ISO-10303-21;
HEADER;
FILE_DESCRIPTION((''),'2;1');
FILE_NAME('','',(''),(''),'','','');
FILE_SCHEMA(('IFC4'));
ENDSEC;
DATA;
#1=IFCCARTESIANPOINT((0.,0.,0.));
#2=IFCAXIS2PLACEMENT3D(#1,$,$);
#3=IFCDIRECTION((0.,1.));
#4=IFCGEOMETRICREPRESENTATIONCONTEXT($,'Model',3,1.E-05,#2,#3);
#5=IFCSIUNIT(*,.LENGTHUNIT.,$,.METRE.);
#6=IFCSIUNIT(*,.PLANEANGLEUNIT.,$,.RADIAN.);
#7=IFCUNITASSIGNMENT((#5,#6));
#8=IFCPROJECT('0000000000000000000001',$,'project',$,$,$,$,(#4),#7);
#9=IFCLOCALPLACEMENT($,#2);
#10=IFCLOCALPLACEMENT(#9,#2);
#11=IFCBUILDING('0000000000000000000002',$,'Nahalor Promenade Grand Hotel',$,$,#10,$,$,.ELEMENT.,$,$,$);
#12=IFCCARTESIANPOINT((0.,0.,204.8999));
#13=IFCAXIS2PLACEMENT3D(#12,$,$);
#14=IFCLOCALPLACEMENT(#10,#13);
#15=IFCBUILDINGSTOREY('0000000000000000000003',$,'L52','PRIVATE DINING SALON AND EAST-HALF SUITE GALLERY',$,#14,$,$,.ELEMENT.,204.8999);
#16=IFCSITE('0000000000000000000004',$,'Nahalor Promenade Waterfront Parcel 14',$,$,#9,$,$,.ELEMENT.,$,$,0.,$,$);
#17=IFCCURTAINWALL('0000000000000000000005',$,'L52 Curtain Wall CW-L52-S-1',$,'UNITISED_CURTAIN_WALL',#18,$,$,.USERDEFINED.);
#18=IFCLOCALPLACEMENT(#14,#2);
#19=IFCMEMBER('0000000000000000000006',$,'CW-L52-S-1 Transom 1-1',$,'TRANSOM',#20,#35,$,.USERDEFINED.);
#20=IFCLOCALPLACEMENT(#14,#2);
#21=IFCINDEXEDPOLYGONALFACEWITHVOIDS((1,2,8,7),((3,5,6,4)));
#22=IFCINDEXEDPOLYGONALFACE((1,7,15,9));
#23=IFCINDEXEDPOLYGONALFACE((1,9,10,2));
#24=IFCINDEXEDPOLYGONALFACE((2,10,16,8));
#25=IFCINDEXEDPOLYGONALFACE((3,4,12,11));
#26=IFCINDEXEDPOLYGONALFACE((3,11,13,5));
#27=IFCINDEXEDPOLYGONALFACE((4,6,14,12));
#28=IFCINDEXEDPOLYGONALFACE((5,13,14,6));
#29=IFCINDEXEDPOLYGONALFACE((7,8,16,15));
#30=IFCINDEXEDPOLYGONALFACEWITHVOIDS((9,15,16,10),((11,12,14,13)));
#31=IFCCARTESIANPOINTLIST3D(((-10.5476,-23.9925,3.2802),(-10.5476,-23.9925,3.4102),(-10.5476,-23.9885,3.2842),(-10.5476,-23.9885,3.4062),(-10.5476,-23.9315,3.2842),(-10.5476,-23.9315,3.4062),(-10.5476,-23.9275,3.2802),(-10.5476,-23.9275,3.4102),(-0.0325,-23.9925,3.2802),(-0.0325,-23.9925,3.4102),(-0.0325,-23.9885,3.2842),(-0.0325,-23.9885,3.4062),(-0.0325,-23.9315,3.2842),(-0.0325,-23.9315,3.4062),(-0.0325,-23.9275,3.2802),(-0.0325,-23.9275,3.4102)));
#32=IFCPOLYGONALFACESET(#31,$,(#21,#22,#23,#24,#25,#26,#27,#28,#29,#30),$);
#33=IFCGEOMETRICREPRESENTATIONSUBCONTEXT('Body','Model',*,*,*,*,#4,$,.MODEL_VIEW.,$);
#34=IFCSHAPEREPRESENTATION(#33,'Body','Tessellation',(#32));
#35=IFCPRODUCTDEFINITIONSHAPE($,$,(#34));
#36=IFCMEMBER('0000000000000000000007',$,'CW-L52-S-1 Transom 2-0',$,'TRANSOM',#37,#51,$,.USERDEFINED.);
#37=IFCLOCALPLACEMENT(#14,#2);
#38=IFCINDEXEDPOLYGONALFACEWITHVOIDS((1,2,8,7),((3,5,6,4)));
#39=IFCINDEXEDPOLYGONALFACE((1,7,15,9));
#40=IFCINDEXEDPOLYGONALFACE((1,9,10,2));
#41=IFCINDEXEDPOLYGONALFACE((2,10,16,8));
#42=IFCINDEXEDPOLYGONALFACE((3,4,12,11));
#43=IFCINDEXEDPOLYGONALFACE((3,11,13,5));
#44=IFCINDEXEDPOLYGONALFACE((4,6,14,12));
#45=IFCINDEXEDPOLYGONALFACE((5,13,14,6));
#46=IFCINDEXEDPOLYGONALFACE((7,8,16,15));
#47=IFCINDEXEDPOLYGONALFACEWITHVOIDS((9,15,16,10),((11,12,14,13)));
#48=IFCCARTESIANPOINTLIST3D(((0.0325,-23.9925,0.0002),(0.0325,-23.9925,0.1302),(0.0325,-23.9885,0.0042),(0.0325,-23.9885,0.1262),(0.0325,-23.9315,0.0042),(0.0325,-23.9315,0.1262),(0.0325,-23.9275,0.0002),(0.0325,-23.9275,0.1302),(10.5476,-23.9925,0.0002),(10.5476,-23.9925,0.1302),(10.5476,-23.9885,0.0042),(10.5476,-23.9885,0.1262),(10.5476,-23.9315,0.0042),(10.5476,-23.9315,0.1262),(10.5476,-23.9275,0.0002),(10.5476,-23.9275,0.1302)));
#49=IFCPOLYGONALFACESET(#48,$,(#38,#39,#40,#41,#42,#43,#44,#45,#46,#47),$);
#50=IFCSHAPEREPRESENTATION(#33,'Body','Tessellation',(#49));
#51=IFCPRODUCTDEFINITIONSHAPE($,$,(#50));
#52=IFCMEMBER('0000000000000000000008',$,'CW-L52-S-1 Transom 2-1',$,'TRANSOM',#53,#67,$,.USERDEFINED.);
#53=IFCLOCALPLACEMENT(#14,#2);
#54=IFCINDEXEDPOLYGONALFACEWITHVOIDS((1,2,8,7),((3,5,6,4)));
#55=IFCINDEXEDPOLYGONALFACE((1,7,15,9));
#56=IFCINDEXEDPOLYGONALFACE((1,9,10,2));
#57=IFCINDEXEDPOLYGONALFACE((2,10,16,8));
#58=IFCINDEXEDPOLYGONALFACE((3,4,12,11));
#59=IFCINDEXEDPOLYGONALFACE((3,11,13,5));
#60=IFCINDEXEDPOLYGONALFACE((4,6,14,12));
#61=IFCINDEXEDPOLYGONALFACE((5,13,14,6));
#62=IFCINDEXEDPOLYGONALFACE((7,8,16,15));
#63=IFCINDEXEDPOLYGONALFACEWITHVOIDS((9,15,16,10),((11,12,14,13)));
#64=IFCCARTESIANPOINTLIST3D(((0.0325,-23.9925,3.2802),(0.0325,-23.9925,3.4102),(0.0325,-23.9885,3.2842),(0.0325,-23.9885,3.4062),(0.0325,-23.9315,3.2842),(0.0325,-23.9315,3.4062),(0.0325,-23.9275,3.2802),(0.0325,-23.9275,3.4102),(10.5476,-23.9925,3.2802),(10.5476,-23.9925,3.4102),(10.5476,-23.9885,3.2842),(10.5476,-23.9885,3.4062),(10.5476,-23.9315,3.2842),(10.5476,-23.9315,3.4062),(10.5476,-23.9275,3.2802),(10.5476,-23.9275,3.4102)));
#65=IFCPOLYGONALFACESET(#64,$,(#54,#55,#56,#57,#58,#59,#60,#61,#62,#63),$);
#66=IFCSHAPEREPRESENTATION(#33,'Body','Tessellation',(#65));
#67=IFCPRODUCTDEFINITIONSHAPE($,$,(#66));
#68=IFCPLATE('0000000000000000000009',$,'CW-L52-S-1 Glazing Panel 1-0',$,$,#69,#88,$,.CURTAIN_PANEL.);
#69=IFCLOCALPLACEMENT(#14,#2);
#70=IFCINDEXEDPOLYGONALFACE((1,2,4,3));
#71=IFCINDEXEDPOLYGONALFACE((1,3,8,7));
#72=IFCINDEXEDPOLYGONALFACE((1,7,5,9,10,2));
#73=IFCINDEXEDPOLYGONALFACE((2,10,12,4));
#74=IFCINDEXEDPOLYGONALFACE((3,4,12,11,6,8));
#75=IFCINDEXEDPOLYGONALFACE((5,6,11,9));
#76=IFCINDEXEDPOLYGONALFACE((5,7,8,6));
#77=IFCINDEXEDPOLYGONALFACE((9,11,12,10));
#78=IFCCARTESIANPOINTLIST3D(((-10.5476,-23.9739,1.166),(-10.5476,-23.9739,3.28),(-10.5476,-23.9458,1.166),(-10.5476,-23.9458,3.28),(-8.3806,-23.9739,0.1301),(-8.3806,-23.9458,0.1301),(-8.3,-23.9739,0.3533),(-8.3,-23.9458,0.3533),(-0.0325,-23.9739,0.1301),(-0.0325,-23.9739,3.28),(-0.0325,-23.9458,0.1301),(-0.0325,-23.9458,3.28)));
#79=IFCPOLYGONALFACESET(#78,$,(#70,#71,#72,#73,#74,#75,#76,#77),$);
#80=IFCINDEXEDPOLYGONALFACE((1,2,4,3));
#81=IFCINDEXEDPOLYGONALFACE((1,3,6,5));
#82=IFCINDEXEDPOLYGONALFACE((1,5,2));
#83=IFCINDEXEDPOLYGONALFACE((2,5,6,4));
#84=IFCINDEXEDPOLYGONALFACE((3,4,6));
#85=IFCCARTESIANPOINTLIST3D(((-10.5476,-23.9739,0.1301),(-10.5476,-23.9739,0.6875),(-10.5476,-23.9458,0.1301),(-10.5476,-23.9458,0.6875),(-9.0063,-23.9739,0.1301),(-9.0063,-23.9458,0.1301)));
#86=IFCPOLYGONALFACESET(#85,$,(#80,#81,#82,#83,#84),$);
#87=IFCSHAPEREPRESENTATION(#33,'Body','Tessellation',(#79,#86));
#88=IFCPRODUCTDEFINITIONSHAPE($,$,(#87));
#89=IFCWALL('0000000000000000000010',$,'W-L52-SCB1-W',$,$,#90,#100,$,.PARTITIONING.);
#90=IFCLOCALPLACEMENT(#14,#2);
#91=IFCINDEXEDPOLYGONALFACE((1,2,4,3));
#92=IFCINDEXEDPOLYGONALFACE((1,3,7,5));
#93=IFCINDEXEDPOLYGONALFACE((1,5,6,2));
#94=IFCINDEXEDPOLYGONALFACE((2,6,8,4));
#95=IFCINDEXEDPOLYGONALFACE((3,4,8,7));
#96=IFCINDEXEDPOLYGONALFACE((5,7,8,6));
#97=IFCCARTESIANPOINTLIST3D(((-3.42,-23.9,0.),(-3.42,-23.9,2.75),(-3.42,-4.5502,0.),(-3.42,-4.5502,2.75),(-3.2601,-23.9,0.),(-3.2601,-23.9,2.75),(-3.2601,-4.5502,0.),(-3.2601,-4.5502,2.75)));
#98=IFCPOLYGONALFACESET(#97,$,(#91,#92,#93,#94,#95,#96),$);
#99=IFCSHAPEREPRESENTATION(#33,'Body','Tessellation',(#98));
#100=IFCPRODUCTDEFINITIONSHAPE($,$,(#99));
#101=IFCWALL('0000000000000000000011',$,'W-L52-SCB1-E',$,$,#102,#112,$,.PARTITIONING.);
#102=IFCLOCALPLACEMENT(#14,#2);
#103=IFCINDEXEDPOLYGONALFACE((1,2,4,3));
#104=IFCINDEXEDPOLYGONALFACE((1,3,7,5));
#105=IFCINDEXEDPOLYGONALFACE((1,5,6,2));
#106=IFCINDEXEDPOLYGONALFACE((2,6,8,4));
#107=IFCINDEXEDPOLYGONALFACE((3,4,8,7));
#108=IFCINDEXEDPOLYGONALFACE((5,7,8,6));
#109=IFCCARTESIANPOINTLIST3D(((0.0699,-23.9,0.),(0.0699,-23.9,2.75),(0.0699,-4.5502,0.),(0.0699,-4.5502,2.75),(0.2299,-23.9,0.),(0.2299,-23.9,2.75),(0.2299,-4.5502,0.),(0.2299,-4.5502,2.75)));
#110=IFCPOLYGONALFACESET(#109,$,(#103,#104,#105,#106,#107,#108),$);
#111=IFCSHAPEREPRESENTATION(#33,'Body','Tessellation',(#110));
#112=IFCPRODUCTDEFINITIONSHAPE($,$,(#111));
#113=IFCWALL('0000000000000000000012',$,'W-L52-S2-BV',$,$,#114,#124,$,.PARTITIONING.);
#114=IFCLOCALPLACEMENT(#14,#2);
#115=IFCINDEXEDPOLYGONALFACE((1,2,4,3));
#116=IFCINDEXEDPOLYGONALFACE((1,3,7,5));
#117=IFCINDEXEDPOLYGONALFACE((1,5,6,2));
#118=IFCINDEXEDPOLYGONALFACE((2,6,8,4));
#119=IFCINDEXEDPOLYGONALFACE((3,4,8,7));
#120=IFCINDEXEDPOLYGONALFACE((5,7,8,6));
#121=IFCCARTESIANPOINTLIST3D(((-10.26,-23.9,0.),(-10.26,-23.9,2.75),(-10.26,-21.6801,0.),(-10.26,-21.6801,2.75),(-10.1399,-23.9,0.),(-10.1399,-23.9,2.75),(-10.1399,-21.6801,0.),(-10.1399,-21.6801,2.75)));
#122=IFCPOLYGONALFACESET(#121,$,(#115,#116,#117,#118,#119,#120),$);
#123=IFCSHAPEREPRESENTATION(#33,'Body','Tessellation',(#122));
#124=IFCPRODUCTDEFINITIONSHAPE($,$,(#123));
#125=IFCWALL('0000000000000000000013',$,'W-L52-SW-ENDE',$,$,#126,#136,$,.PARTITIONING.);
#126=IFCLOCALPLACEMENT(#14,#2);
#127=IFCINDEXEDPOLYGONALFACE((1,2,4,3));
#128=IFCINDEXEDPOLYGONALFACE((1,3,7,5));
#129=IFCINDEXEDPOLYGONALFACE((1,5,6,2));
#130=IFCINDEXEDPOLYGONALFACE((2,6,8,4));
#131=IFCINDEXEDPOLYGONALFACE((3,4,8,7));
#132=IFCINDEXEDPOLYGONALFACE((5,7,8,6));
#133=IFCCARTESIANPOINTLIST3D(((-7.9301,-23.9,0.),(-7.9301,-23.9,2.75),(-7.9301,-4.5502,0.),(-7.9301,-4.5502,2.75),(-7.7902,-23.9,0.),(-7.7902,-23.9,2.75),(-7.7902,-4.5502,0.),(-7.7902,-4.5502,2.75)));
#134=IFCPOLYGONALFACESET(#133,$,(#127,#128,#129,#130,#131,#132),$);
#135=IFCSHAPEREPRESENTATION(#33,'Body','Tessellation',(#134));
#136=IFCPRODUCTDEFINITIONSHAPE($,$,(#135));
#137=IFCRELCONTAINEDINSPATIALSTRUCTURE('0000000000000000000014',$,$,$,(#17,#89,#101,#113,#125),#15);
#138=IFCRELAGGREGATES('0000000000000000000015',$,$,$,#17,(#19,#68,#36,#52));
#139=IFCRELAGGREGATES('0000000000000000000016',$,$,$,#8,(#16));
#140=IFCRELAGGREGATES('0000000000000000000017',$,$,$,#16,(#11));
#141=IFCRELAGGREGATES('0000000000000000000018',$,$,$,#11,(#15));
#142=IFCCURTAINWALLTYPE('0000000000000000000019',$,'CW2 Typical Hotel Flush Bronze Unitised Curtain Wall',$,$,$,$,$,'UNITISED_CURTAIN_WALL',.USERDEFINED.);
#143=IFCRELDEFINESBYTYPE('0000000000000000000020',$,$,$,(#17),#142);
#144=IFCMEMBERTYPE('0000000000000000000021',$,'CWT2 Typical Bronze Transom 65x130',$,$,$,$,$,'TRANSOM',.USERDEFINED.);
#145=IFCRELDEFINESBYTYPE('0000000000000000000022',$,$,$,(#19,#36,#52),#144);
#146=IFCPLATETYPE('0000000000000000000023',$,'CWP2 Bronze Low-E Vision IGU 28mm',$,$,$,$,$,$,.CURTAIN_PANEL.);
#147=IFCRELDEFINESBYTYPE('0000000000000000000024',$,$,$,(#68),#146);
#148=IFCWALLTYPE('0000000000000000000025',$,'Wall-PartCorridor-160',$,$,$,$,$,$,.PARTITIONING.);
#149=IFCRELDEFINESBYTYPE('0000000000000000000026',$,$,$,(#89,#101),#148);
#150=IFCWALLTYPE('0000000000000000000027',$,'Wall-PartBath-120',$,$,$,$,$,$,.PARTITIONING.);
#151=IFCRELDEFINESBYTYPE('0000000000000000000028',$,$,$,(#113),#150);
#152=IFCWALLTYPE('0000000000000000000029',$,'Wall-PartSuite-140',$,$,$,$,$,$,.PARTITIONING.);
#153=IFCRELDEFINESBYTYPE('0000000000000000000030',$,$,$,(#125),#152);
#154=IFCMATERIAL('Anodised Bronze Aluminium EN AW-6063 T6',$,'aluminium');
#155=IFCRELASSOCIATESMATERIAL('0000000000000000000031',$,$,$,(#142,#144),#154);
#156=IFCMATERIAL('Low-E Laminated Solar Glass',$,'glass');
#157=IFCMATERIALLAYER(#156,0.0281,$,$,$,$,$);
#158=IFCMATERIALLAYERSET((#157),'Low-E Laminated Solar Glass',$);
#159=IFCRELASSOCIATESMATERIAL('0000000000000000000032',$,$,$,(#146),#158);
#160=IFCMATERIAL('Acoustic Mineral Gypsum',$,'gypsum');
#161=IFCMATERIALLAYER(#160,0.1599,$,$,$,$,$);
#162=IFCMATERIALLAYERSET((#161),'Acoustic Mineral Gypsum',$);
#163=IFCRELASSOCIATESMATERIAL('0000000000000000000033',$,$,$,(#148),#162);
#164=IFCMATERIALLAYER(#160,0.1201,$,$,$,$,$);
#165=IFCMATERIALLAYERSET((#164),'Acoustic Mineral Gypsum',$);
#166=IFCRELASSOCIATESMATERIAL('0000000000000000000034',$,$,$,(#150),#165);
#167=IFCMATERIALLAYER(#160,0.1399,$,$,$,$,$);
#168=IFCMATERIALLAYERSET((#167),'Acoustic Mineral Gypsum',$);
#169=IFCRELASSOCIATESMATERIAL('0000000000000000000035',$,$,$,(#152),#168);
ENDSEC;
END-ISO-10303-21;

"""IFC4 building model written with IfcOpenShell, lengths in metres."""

from ifc_helpers import new_model, si_unit, direction, frame, frame_2d, origin, origin_2d, place, context, subcontext, project, spatial, polyline, rectangle, hollow_rectangle, outline, extrude, source, transform, mapped, material, layer, layer_set, material_profile, profile_set, type_object, element, aggregate, save


model = new_model("IFC4")

# Units and contexts
model_context = context("Model", 3, precision=1e-05, world=origin(), true_north=direction((0.0, 1.0)))
body_context = subcontext(model_context, "Body", "Model", "MODEL_VIEW")
ifc_project = project(units=[si_unit("LENGTHUNIT", "METRE"), si_unit("PLANEANGLEUNIT", "RADIAN")], contexts=[model_context])

# Site, building, storey
site_placement = place(None, origin())
site = spatial("IfcSite", under=ifc_project, at=site_placement, Name="Nahalor Promenade Waterfront Parcel 14", CompositionType="ELEMENT", RefElevation=0.0)
building_placement = place(site_placement, origin())
building = spatial("IfcBuilding", under=site, at=building_placement, Name="Nahalor Promenade Grand Hotel", CompositionType="ELEMENT")
storey_placement = place(building_placement, frame((0.0, 0.0, 204.8999)))
storey = spatial("IfcBuildingStorey", under=building, at=storey_placement, Name="L52", Description="PRIVATE DINING SALON AND EAST-HALF SUITE GALLERY", CompositionType="ELEMENT", Elevation=204.8999)

# Curtain wall, members, plate
ifc_material_1 = material(Name="Anodised Bronze Aluminium EN AW-6063 T6", Category="aluminium")
curtain_wall_type = type_object("IfcCurtainWallType", Name="CW2 Typical Hotel Flush Bronze Unitised Curtain Wall", ElementType="UNITISED_CURTAIN_WALL", PredefinedType="USERDEFINED", material=ifc_material_1)
curtain_wall_placement = place(storey_placement, origin())
curtain_wall = element("IfcCurtainWall", 1, at=curtain_wall_placement, inside=storey, type_object=curtain_wall_type, Name="L52 Curtain Wall CW-L52-S-1", ObjectType="UNITISED_CURTAIN_WALL", PredefinedType="USERDEFINED")
ifc_material_profile_1 = material_profile(ifc_material_1, hollow_rectangle(XDim=0.065, YDim=0.13, WallThickness=0.004, at=origin_2d()), Name="CWT 65x130x4")
ifc_profile_set_1 = profile_set([ifc_material_profile_1], Name="Anodised Bronze Aluminium EN AW-6063 T6")
member_type_1 = type_object("IfcMemberType", Name="CWT2 Typical Bronze Transom 65x130", ElementType="TRANSOM", PredefinedType="USERDEFINED", material=ifc_profile_set_1)
shared_shape_1 = source(origin(), body_context, "Body", "SweptSolid", [
    extrude(hollow_rectangle(XDim=0.065, YDim=0.13, WallThickness=0.004, at=origin_2d()), origin(), (0.0, 0.0, 1.0), 10.5151),
])
member_1_placement = place(storey_placement, frame((-10.5476, -23.96, 3.3452), z_axis=(1.0, 0.0, 0.0), x_axis=(0.0, 1.0, 0.0)))
member_1 = element("IfcMember", 2, at=member_1_placement, type_object=member_type_1, Name="CW-L52-S-1 Transom 1-1", ObjectType="TRANSOM", PredefinedType="USERDEFINED", context=body_context, shape_type="MappedRepresentation", body=[
    mapped(shared_shape_1, transform((0.0, 0.0, 0.0), scale=1.0)),
])
member_2_placement = place(storey_placement, frame((0.0325, -23.96, 0.0652), z_axis=(1.0, 0.0, 0.0), x_axis=(0.0, 1.0, 0.0)))
member_2 = element("IfcMember", 3, at=member_2_placement, type_object=member_type_1, Name="CW-L52-S-1 Transom 2-0", ObjectType="TRANSOM", PredefinedType="USERDEFINED", context=body_context, shape_type="MappedRepresentation", body=[
    mapped(shared_shape_1, transform((0.0, 0.0, 0.0), scale=1.0)),
])
member_3_placement = place(storey_placement, frame((0.0325, -23.96, 3.3452), z_axis=(1.0, 0.0, 0.0), x_axis=(0.0, 1.0, 0.0)))
member_3 = element("IfcMember", 4, at=member_3_placement, type_object=member_type_1, Name="CW-L52-S-1 Transom 2-1", ObjectType="TRANSOM", PredefinedType="USERDEFINED", context=body_context, shape_type="MappedRepresentation", body=[
    mapped(shared_shape_1, transform((0.0, 0.0, 0.0), scale=1.0)),
])
ifc_material_2 = material(Name="Low-E Laminated Solar Glass", Category="glass")
ifc_layer_1 = layer(ifc_material_2, 0.0281)
ifc_layer_set_1 = layer_set([ifc_layer_1], Name="Low-E Laminated Solar Glass")
plate_type = type_object("IfcPlateType", Name="CWP2 Bronze Low-E Vision IGU 28mm", PredefinedType="CURTAIN_PANEL", material=ifc_layer_set_1)
plate_placement = place(storey_placement, frame((-5.29, -23.96, 0.1301), z_axis=(0.0, 0.0, 1.0), x_axis=(1.0, 0.0, 0.0)))
plate = element("IfcPlate", 5, at=plate_placement, type_object=plate_type, Name="CW-L52-S-1 Glazing Panel 1-0", PredefinedType="CURTAIN_PANEL", context=body_context, shape_type="SweptSolid", body=[
    extrude(outline(polyline([(5.2576, 3.1499), (-5.2576, 3.1499), (-5.2576, 1.0359), (-3.01, 0.2231), (-3.0906, 0.0), (5.2576, 0.0), (5.2576, 3.1499)])), frame((0.0, 0.0142, 0.0), z_axis=(0.0, -1.0, 0.0), x_axis=(1.0, 0.0, 0.0)), (0.0, 0.0, 1.0), 0.0281),
    extrude(outline(polyline([(-5.2576, 0.5574), (-5.2576, 0.0), (-3.7163, 0.0), (-5.2576, 0.5574)])), frame((0.0, 0.0142, 0.0), z_axis=(0.0, -1.0, 0.0), x_axis=(1.0, 0.0, 0.0)), (0.0, 0.0, 1.0), 0.0281),
])
aggregate(curtain_wall, [member_1, plate, member_2, member_3])

# Walls
ifc_material_3 = material(Name="Acoustic Mineral Gypsum", Category="gypsum")
ifc_layer_2 = layer(ifc_material_3, 0.1599)
ifc_layer_set_2 = layer_set([ifc_layer_2], Name="Acoustic Mineral Gypsum")
wall_type_1 = type_object("IfcWallType", Name="Wall-PartCorridor-160", PredefinedType="PARTITIONING", material=ifc_layer_set_2)
shared_shape_2 = source(origin(), body_context, "Body", "SweptSolid", [
    extrude(rectangle(XDim=19.3499, YDim=0.1599, at=frame_2d((9.6748, 0.0))), origin(), (0.0, 0.0, 1.0), 2.75),
])
for number, where, z_axis, x_axis, name in (
    (6, (-3.3401, -23.8999, 0.0), (0.0, 0.0, 1.0), (0.0, 1.0, 0.0), "W-L52-SCB1-W"),
    (7, (0.1499, -23.8999, 0.0), (0.0, 0.0, 1.0), (0.0, 1.0, 0.0), "W-L52-SCB1-E"),
):
    element("IfcWall", number, at=place(storey_placement, frame(where, z_axis=z_axis, x_axis=x_axis)), inside=storey, type_object=wall_type_1, Name=name, PredefinedType="PARTITIONING", context=body_context, shape_type="MappedRepresentation", body=[
        mapped(shared_shape_2, transform((0.0, 0.0, 0.0), scale=1.0)),
    ])
ifc_layer_3 = layer(ifc_material_3, 0.1201)
ifc_layer_set_3 = layer_set([ifc_layer_3], Name="Acoustic Mineral Gypsum")
wall_type_2 = type_object("IfcWallType", Name="Wall-PartBath-120", PredefinedType="PARTITIONING", material=ifc_layer_set_3)
shared_shape_3 = source(origin(), body_context, "Body", "SweptSolid", [
    extrude(rectangle(XDim=2.22, YDim=0.1201, at=frame_2d((1.1099, 0.0))), origin(), (0.0, 0.0, 1.0), 2.75),
])
wall_1_placement = place(storey_placement, frame((-10.2, -23.8999, 0.0), z_axis=(0.0, 0.0, 1.0), x_axis=(0.0, 1.0, 0.0)))
element("IfcWall", 8, at=wall_1_placement, inside=storey, type_object=wall_type_2, Name="W-L52-S2-BV", PredefinedType="PARTITIONING", context=body_context, shape_type="MappedRepresentation", body=[
    mapped(shared_shape_3, transform((0.0, 0.0, 0.0), scale=1.0)),
])
ifc_layer_4 = layer(ifc_material_3, 0.1399)
ifc_layer_set_4 = layer_set([ifc_layer_4], Name="Acoustic Mineral Gypsum")
wall_type_3 = type_object("IfcWallType", Name="Wall-PartSuite-140", PredefinedType="PARTITIONING", material=ifc_layer_set_4)
shared_shape_4 = source(origin(), body_context, "Body", "SweptSolid", [
    extrude(rectangle(XDim=19.3499, YDim=0.1399, at=frame_2d((9.6748, 0.0))), origin(), (0.0, 0.0, 1.0), 2.75),
])
wall_2_placement = place(storey_placement, frame((-7.8601, -23.8999, 0.0), z_axis=(0.0, 0.0, 1.0), x_axis=(0.0, 1.0, 0.0)))
element("IfcWall", 9, at=wall_2_placement, inside=storey, type_object=wall_type_3, Name="W-L52-SW-ENDE", PredefinedType="PARTITIONING", context=body_context, shape_type="MappedRepresentation", body=[
    mapped(shared_shape_4, transform((0.0, 0.0, 0.0), scale=1.0)),
])

save(model, "model.ifc")
